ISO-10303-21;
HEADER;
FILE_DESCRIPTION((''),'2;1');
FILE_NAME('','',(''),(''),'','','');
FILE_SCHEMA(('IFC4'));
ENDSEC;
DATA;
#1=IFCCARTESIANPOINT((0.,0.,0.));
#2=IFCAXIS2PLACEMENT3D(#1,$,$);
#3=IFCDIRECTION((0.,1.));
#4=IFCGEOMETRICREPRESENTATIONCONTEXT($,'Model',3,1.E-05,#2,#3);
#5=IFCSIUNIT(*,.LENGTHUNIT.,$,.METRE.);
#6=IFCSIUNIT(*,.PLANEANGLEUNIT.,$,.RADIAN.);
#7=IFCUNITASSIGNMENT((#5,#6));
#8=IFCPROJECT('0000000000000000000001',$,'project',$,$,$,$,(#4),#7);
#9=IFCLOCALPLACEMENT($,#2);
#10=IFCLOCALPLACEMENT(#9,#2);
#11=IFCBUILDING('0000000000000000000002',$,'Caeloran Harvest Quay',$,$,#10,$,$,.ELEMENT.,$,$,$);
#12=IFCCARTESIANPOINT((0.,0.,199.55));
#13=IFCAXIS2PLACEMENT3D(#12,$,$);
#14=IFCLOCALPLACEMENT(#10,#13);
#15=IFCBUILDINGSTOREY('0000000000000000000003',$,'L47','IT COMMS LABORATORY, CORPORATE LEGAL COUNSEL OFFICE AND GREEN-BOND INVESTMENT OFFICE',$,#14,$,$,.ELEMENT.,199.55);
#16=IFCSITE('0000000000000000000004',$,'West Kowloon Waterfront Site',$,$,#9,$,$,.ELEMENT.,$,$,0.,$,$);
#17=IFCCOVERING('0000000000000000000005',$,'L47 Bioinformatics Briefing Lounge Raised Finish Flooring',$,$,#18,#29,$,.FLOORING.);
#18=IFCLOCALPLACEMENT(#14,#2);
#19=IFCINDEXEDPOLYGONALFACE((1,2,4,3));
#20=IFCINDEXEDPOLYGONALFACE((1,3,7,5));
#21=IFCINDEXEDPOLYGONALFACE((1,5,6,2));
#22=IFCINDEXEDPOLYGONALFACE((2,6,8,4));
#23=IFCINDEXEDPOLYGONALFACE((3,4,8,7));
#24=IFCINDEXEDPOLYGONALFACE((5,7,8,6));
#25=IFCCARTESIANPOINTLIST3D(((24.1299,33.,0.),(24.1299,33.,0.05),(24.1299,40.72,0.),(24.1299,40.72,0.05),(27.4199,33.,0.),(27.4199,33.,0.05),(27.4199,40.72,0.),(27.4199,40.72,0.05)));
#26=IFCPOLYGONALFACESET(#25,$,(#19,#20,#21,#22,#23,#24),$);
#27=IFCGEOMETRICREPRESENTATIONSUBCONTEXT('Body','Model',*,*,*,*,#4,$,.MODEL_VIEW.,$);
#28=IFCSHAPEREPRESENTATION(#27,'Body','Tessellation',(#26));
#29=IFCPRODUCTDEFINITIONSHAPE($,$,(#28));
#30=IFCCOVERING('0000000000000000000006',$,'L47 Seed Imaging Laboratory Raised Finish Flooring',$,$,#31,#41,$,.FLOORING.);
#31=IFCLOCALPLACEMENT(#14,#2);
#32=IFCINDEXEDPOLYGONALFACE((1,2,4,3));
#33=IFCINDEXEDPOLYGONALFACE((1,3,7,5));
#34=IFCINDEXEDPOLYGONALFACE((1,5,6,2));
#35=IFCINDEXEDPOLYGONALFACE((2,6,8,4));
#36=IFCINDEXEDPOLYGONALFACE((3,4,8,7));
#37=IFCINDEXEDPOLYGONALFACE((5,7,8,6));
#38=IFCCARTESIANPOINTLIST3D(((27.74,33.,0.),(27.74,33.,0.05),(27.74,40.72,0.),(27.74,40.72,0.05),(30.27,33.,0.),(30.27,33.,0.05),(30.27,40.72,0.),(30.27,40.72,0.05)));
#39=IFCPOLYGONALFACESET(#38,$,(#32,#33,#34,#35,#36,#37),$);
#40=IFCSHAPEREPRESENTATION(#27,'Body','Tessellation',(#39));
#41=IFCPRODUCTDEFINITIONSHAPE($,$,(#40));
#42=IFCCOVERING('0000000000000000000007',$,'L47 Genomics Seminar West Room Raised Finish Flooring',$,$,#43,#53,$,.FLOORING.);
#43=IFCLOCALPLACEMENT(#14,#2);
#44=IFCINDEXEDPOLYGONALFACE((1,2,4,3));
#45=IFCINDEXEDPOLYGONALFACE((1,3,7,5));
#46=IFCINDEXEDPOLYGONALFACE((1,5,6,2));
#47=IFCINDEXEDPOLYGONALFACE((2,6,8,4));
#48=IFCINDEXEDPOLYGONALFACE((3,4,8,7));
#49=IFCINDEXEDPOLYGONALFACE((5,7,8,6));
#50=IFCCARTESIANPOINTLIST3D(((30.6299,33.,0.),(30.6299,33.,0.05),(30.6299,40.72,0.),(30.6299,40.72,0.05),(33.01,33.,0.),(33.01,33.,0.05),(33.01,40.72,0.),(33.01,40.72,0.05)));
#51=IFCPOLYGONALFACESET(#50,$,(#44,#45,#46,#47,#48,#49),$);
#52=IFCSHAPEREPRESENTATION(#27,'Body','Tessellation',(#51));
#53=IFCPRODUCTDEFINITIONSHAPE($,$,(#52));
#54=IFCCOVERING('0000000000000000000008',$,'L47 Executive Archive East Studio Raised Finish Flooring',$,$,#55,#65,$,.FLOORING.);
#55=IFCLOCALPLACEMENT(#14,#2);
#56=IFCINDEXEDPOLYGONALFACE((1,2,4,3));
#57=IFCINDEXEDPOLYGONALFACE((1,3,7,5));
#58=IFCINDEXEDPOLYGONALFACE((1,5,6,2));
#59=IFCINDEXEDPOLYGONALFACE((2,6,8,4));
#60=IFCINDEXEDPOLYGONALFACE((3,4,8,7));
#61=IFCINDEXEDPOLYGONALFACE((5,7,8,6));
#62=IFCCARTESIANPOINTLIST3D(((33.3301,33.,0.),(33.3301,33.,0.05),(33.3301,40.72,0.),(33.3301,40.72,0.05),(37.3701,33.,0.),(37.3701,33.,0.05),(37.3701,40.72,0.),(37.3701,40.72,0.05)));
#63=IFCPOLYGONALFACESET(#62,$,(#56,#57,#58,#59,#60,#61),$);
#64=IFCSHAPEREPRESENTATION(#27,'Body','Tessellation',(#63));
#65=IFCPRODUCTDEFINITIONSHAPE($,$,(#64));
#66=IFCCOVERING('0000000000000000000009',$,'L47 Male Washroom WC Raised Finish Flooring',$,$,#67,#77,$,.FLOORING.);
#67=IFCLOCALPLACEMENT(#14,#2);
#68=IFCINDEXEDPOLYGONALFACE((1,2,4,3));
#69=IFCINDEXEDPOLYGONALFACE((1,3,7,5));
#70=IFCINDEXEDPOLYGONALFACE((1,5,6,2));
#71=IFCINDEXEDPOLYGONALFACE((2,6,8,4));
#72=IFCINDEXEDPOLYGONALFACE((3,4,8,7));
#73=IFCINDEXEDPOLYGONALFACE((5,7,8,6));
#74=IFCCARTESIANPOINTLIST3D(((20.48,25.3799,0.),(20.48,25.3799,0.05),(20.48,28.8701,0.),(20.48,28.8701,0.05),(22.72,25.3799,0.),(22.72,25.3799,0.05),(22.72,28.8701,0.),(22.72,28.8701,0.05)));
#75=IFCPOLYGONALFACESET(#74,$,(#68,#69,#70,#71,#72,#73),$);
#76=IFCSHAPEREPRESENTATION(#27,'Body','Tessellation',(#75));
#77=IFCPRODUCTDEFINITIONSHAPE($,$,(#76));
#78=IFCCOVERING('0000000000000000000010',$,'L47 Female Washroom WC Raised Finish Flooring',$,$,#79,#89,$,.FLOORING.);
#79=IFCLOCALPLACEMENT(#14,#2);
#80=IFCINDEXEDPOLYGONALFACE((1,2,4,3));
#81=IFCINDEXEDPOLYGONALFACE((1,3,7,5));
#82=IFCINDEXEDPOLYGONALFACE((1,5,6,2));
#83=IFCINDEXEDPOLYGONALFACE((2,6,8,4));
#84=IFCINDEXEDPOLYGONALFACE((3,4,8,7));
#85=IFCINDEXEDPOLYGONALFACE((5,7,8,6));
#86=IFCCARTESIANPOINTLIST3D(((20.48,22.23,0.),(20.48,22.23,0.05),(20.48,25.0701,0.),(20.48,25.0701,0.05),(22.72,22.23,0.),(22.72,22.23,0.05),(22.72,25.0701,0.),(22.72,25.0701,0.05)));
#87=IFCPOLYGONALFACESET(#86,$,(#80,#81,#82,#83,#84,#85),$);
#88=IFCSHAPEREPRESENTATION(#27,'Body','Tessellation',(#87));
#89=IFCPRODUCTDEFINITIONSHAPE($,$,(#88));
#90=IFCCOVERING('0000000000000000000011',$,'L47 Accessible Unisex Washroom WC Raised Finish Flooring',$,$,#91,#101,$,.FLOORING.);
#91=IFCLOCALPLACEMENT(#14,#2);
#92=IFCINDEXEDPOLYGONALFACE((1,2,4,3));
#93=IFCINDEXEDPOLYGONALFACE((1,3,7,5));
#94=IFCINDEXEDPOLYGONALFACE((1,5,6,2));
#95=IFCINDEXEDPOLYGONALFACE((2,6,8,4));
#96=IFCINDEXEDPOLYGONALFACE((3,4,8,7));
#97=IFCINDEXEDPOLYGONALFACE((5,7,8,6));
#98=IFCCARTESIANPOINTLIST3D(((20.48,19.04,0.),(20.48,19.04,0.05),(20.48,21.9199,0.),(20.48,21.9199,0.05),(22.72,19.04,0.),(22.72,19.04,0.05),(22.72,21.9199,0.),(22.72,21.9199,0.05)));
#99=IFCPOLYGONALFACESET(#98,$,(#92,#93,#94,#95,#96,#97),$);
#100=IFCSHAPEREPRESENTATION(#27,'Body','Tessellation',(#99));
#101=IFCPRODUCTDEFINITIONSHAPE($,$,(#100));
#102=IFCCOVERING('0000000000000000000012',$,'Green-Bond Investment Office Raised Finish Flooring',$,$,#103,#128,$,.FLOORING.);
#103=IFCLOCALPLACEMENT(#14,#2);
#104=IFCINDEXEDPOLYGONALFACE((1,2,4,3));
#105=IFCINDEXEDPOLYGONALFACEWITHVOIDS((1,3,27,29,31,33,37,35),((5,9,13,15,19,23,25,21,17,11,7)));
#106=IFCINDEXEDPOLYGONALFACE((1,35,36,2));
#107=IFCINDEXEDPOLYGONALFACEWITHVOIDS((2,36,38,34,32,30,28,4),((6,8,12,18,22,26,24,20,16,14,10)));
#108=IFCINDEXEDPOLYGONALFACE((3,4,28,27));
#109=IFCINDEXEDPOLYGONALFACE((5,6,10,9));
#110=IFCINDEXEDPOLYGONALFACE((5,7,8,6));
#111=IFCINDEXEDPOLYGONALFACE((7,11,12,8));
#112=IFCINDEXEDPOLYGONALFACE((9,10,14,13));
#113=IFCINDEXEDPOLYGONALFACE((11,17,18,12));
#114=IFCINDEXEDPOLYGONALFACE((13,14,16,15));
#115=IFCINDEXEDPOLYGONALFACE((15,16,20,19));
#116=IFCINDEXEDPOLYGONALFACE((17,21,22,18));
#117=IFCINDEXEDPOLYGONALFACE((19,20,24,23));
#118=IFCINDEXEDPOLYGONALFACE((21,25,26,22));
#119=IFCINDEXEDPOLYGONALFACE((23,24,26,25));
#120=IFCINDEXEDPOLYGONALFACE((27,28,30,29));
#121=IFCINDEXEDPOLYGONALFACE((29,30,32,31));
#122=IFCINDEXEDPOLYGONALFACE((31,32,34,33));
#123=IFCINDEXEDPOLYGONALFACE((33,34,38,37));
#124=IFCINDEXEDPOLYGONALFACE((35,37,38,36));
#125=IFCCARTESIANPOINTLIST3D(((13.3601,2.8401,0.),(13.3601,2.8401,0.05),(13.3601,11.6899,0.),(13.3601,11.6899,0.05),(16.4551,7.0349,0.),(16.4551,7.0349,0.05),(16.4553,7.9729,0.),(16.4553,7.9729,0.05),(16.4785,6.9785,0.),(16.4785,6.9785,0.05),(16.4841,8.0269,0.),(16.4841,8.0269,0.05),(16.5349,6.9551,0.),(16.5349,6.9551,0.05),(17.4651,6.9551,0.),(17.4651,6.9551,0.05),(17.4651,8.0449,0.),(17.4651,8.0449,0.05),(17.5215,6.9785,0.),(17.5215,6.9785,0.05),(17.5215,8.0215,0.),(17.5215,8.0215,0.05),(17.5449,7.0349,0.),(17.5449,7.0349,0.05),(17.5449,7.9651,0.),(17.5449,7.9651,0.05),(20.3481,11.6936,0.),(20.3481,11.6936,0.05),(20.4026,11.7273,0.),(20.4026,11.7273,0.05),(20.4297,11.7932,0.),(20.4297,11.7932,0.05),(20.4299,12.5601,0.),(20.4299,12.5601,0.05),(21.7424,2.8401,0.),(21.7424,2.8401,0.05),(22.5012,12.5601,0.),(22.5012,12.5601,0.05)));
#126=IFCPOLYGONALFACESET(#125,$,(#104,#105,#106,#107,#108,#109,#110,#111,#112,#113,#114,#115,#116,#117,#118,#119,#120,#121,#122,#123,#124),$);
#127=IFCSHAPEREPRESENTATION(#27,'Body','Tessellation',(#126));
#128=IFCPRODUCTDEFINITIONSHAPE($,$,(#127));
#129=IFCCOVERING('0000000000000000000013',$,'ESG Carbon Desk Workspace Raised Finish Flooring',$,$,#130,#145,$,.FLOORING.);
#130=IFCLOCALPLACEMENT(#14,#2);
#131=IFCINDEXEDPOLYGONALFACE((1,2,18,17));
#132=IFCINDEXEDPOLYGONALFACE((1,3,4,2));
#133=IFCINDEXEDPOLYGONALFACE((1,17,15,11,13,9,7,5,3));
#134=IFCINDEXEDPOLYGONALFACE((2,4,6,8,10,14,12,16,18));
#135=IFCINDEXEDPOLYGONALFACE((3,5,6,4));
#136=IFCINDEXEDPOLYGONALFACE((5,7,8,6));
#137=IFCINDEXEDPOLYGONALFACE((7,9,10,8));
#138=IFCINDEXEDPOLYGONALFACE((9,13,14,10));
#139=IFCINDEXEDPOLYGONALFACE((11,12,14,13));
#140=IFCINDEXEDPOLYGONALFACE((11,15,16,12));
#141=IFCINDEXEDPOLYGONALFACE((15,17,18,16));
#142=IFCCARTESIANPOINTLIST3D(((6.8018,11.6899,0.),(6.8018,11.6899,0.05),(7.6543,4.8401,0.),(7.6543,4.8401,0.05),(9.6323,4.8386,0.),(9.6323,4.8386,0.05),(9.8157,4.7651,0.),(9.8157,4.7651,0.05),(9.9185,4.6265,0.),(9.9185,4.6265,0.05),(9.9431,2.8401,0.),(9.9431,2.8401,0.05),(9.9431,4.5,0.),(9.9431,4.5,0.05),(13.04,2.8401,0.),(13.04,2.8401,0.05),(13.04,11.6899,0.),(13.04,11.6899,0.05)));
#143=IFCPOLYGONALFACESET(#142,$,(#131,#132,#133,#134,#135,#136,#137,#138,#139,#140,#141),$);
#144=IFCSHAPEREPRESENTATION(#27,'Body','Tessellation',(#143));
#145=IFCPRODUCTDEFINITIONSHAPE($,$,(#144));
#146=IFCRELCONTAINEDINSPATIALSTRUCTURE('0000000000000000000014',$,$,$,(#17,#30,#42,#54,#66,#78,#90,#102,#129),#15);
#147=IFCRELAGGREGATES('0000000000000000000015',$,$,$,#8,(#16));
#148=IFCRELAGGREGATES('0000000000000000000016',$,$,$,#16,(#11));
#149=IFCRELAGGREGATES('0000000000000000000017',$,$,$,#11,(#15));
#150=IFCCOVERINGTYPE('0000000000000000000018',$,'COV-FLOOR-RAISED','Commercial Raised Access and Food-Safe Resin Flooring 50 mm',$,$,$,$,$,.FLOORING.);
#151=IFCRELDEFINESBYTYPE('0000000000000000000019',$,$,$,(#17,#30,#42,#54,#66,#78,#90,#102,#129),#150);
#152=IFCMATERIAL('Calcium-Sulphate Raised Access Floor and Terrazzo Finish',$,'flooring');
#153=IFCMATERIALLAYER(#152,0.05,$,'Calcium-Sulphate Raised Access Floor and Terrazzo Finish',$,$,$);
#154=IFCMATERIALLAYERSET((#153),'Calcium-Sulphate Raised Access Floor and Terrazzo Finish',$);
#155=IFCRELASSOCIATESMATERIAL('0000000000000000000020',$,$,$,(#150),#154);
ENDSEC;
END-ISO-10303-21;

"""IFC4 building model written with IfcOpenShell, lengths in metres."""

from ifc_helpers import new_model, si_unit, direction, frame, origin, place, context, subcontext, project, spatial, polyline, outline, extrude, material, layer, layer_set, type_object, element, save


model = new_model("IFC4")

# Units and contexts
model_context = context("Model", 3, precision=1e-05, world=origin(), true_north=direction((0.0, 1.0)))
body_context = subcontext(model_context, "Body", "Model", "MODEL_VIEW")
ifc_project = project(units=[si_unit("LENGTHUNIT", "METRE"), si_unit("PLANEANGLEUNIT", "RADIAN")], contexts=[model_context])

# Site, building, storey
site_placement = place(None, origin())
site = spatial("IfcSite", under=ifc_project, at=site_placement, Name="West Kowloon Waterfront Site", CompositionType="ELEMENT", RefElevation=0.0)
building_placement = place(site_placement, origin())
building = spatial("IfcBuilding", under=site, at=building_placement, Name="Caeloran Harvest Quay", CompositionType="ELEMENT")
storey_placement = place(building_placement, frame((0.0, 0.0, 199.55)))
storey = spatial("IfcBuildingStorey", under=building, at=storey_placement, Name="L47", Description="IT COMMS LABORATORY, CORPORATE LEGAL COUNSEL OFFICE AND GREEN-BOND INVESTMENT OFFICE", CompositionType="ELEMENT", Elevation=199.55)

# Coverings
ifc_material_1 = material(Name="Calcium-Sulphate Raised Access Floor and Terrazzo Finish", Category="flooring")
ifc_layer_1 = layer(ifc_material_1, 0.05, Name="Calcium-Sulphate Raised Access Floor and Terrazzo Finish")
ifc_layer_set_1 = layer_set([ifc_layer_1], Name="Calcium-Sulphate Raised Access Floor and Terrazzo Finish")
covering_type_1 = type_object("IfcCoveringType", Name="COV-FLOOR-RAISED", Description="Commercial Raised Access and Food-Safe Resin Flooring 50 mm", PredefinedType="FLOORING", material=ifc_layer_set_1)
covering_1_placement = place(storey_placement, origin())
element("IfcCovering", 1, at=covering_1_placement, inside=storey, type_object=covering_type_1, Name="L47 Bioinformatics Briefing Lounge Raised Finish Flooring", PredefinedType="FLOORING", context=body_context, shape_type="SweptSolid", body=[
    extrude(outline(polyline([(27.4199, 40.72), (27.4199, 33.0), (24.1299, 33.0), (24.1299, 40.72), (27.4199, 40.72)])), origin(), (0.0, 0.0, 1.0), 0.05),
])
covering_2_placement = place(storey_placement, origin())
element("IfcCovering", 2, at=covering_2_placement, inside=storey, type_object=covering_type_1, Name="L47 Seed Imaging Laboratory Raised Finish Flooring", PredefinedType="FLOORING", context=body_context, shape_type="SweptSolid", body=[
    extrude(outline(polyline([(30.27, 40.72), (30.27, 33.0), (27.74, 33.0), (27.74, 40.72), (30.27, 40.72)])), origin(), (0.0, 0.0, 1.0), 0.05),
])
covering_3_placement = place(storey_placement, origin())
element("IfcCovering", 3, at=covering_3_placement, inside=storey, type_object=covering_type_1, Name="L47 Genomics Seminar West Room Raised Finish Flooring", PredefinedType="FLOORING", context=body_context, shape_type="SweptSolid", body=[
    extrude(outline(polyline([(33.01, 40.72), (33.01, 33.0), (30.6299, 33.0), (30.6299, 40.72), (33.01, 40.72)])), origin(), (0.0, 0.0, 1.0), 0.05),
])
covering_4_placement = place(storey_placement, origin())
element("IfcCovering", 4, at=covering_4_placement, inside=storey, type_object=covering_type_1, Name="L47 Executive Archive East Studio Raised Finish Flooring", PredefinedType="FLOORING", context=body_context, shape_type="SweptSolid", body=[
    extrude(outline(polyline([(37.3701, 40.72), (37.3701, 33.0), (33.3301, 33.0), (33.3301, 40.72), (37.3701, 40.72)])), origin(), (0.0, 0.0, 1.0), 0.05),
])
covering_5_placement = place(storey_placement, origin())
element("IfcCovering", 5, at=covering_5_placement, inside=storey, type_object=covering_type_1, Name="L47 Male Washroom WC Raised Finish Flooring", PredefinedType="FLOORING", context=body_context, shape_type="SweptSolid", body=[
    extrude(outline(polyline([(22.72, 28.8701), (22.72, 25.3799), (20.48, 25.3799), (20.48, 28.8701), (22.72, 28.8701)])), origin(), (0.0, 0.0, 1.0), 0.05),
])
covering_6_placement = place(storey_placement, origin())
element("IfcCovering", 6, at=covering_6_placement, inside=storey, type_object=covering_type_1, Name="L47 Female Washroom WC Raised Finish Flooring", PredefinedType="FLOORING", context=body_context, shape_type="SweptSolid", body=[
    extrude(outline(polyline([(22.72, 25.0701), (22.72, 22.23), (20.48, 22.23), (20.48, 25.0701), (22.72, 25.0701)])), origin(), (0.0, 0.0, 1.0), 0.05),
])
covering_7_placement = place(storey_placement, origin())
element("IfcCovering", 7, at=covering_7_placement, inside=storey, type_object=covering_type_1, Name="L47 Accessible Unisex Washroom WC Raised Finish Flooring", PredefinedType="FLOORING", context=body_context, shape_type="SweptSolid", body=[
    extrude(outline(polyline([(22.72, 21.9199), (22.72, 19.04), (20.48, 19.04), (20.48, 21.9199), (22.72, 21.9199)])), origin(), (0.0, 0.0, 1.0), 0.05),
])
covering_8_placement = place(storey_placement, origin())
element("IfcCovering", 8, at=covering_8_placement, inside=storey, type_object=covering_type_1, Name="Green-Bond Investment Office Raised Finish Flooring", PredefinedType="FLOORING", context=body_context, shape_type="SweptSolid", body=[
    extrude(outline(polyline([(20.3481, 11.6936), (20.4026, 11.7273), (20.4297, 11.7932), (20.4299, 12.5601), (22.5012, 12.5601), (21.7424, 2.8401), (13.3601, 2.8401), (13.3601, 11.6899), (20.3481, 11.6936)]), holes=[polyline([(17.4651, 8.0449), (16.4841, 8.0269), (16.4553, 7.9729), (16.4551, 7.0349), (16.4785, 6.9785), (16.5349, 6.9551), (17.4651, 6.9551), (17.5215, 6.9785), (17.5449, 7.0349), (17.5449, 7.9651), (17.5215, 8.0215), (17.4651, 8.0449)])]), origin(), (0.0, 0.0, 1.0), 0.05),
])
covering_9_placement = place(storey_placement, origin())
element("IfcCovering", 9, at=covering_9_placement, inside=storey, type_object=covering_type_1, Name="ESG Carbon Desk Workspace Raised Finish Flooring", PredefinedType="FLOORING", context=body_context, shape_type="SweptSolid", body=[
    extrude(outline(polyline([(9.9185, 4.6265), (9.8157, 4.7651), (9.6323, 4.8386), (7.6543, 4.8401), (6.8018, 11.6899), (13.04, 11.6899), (13.04, 2.8401), (9.9431, 2.8401), (9.9431, 4.5), (9.9185, 4.6265)])), origin(), (0.0, 0.0, 1.0), 0.05),
])

save(model, "model.ifc")
